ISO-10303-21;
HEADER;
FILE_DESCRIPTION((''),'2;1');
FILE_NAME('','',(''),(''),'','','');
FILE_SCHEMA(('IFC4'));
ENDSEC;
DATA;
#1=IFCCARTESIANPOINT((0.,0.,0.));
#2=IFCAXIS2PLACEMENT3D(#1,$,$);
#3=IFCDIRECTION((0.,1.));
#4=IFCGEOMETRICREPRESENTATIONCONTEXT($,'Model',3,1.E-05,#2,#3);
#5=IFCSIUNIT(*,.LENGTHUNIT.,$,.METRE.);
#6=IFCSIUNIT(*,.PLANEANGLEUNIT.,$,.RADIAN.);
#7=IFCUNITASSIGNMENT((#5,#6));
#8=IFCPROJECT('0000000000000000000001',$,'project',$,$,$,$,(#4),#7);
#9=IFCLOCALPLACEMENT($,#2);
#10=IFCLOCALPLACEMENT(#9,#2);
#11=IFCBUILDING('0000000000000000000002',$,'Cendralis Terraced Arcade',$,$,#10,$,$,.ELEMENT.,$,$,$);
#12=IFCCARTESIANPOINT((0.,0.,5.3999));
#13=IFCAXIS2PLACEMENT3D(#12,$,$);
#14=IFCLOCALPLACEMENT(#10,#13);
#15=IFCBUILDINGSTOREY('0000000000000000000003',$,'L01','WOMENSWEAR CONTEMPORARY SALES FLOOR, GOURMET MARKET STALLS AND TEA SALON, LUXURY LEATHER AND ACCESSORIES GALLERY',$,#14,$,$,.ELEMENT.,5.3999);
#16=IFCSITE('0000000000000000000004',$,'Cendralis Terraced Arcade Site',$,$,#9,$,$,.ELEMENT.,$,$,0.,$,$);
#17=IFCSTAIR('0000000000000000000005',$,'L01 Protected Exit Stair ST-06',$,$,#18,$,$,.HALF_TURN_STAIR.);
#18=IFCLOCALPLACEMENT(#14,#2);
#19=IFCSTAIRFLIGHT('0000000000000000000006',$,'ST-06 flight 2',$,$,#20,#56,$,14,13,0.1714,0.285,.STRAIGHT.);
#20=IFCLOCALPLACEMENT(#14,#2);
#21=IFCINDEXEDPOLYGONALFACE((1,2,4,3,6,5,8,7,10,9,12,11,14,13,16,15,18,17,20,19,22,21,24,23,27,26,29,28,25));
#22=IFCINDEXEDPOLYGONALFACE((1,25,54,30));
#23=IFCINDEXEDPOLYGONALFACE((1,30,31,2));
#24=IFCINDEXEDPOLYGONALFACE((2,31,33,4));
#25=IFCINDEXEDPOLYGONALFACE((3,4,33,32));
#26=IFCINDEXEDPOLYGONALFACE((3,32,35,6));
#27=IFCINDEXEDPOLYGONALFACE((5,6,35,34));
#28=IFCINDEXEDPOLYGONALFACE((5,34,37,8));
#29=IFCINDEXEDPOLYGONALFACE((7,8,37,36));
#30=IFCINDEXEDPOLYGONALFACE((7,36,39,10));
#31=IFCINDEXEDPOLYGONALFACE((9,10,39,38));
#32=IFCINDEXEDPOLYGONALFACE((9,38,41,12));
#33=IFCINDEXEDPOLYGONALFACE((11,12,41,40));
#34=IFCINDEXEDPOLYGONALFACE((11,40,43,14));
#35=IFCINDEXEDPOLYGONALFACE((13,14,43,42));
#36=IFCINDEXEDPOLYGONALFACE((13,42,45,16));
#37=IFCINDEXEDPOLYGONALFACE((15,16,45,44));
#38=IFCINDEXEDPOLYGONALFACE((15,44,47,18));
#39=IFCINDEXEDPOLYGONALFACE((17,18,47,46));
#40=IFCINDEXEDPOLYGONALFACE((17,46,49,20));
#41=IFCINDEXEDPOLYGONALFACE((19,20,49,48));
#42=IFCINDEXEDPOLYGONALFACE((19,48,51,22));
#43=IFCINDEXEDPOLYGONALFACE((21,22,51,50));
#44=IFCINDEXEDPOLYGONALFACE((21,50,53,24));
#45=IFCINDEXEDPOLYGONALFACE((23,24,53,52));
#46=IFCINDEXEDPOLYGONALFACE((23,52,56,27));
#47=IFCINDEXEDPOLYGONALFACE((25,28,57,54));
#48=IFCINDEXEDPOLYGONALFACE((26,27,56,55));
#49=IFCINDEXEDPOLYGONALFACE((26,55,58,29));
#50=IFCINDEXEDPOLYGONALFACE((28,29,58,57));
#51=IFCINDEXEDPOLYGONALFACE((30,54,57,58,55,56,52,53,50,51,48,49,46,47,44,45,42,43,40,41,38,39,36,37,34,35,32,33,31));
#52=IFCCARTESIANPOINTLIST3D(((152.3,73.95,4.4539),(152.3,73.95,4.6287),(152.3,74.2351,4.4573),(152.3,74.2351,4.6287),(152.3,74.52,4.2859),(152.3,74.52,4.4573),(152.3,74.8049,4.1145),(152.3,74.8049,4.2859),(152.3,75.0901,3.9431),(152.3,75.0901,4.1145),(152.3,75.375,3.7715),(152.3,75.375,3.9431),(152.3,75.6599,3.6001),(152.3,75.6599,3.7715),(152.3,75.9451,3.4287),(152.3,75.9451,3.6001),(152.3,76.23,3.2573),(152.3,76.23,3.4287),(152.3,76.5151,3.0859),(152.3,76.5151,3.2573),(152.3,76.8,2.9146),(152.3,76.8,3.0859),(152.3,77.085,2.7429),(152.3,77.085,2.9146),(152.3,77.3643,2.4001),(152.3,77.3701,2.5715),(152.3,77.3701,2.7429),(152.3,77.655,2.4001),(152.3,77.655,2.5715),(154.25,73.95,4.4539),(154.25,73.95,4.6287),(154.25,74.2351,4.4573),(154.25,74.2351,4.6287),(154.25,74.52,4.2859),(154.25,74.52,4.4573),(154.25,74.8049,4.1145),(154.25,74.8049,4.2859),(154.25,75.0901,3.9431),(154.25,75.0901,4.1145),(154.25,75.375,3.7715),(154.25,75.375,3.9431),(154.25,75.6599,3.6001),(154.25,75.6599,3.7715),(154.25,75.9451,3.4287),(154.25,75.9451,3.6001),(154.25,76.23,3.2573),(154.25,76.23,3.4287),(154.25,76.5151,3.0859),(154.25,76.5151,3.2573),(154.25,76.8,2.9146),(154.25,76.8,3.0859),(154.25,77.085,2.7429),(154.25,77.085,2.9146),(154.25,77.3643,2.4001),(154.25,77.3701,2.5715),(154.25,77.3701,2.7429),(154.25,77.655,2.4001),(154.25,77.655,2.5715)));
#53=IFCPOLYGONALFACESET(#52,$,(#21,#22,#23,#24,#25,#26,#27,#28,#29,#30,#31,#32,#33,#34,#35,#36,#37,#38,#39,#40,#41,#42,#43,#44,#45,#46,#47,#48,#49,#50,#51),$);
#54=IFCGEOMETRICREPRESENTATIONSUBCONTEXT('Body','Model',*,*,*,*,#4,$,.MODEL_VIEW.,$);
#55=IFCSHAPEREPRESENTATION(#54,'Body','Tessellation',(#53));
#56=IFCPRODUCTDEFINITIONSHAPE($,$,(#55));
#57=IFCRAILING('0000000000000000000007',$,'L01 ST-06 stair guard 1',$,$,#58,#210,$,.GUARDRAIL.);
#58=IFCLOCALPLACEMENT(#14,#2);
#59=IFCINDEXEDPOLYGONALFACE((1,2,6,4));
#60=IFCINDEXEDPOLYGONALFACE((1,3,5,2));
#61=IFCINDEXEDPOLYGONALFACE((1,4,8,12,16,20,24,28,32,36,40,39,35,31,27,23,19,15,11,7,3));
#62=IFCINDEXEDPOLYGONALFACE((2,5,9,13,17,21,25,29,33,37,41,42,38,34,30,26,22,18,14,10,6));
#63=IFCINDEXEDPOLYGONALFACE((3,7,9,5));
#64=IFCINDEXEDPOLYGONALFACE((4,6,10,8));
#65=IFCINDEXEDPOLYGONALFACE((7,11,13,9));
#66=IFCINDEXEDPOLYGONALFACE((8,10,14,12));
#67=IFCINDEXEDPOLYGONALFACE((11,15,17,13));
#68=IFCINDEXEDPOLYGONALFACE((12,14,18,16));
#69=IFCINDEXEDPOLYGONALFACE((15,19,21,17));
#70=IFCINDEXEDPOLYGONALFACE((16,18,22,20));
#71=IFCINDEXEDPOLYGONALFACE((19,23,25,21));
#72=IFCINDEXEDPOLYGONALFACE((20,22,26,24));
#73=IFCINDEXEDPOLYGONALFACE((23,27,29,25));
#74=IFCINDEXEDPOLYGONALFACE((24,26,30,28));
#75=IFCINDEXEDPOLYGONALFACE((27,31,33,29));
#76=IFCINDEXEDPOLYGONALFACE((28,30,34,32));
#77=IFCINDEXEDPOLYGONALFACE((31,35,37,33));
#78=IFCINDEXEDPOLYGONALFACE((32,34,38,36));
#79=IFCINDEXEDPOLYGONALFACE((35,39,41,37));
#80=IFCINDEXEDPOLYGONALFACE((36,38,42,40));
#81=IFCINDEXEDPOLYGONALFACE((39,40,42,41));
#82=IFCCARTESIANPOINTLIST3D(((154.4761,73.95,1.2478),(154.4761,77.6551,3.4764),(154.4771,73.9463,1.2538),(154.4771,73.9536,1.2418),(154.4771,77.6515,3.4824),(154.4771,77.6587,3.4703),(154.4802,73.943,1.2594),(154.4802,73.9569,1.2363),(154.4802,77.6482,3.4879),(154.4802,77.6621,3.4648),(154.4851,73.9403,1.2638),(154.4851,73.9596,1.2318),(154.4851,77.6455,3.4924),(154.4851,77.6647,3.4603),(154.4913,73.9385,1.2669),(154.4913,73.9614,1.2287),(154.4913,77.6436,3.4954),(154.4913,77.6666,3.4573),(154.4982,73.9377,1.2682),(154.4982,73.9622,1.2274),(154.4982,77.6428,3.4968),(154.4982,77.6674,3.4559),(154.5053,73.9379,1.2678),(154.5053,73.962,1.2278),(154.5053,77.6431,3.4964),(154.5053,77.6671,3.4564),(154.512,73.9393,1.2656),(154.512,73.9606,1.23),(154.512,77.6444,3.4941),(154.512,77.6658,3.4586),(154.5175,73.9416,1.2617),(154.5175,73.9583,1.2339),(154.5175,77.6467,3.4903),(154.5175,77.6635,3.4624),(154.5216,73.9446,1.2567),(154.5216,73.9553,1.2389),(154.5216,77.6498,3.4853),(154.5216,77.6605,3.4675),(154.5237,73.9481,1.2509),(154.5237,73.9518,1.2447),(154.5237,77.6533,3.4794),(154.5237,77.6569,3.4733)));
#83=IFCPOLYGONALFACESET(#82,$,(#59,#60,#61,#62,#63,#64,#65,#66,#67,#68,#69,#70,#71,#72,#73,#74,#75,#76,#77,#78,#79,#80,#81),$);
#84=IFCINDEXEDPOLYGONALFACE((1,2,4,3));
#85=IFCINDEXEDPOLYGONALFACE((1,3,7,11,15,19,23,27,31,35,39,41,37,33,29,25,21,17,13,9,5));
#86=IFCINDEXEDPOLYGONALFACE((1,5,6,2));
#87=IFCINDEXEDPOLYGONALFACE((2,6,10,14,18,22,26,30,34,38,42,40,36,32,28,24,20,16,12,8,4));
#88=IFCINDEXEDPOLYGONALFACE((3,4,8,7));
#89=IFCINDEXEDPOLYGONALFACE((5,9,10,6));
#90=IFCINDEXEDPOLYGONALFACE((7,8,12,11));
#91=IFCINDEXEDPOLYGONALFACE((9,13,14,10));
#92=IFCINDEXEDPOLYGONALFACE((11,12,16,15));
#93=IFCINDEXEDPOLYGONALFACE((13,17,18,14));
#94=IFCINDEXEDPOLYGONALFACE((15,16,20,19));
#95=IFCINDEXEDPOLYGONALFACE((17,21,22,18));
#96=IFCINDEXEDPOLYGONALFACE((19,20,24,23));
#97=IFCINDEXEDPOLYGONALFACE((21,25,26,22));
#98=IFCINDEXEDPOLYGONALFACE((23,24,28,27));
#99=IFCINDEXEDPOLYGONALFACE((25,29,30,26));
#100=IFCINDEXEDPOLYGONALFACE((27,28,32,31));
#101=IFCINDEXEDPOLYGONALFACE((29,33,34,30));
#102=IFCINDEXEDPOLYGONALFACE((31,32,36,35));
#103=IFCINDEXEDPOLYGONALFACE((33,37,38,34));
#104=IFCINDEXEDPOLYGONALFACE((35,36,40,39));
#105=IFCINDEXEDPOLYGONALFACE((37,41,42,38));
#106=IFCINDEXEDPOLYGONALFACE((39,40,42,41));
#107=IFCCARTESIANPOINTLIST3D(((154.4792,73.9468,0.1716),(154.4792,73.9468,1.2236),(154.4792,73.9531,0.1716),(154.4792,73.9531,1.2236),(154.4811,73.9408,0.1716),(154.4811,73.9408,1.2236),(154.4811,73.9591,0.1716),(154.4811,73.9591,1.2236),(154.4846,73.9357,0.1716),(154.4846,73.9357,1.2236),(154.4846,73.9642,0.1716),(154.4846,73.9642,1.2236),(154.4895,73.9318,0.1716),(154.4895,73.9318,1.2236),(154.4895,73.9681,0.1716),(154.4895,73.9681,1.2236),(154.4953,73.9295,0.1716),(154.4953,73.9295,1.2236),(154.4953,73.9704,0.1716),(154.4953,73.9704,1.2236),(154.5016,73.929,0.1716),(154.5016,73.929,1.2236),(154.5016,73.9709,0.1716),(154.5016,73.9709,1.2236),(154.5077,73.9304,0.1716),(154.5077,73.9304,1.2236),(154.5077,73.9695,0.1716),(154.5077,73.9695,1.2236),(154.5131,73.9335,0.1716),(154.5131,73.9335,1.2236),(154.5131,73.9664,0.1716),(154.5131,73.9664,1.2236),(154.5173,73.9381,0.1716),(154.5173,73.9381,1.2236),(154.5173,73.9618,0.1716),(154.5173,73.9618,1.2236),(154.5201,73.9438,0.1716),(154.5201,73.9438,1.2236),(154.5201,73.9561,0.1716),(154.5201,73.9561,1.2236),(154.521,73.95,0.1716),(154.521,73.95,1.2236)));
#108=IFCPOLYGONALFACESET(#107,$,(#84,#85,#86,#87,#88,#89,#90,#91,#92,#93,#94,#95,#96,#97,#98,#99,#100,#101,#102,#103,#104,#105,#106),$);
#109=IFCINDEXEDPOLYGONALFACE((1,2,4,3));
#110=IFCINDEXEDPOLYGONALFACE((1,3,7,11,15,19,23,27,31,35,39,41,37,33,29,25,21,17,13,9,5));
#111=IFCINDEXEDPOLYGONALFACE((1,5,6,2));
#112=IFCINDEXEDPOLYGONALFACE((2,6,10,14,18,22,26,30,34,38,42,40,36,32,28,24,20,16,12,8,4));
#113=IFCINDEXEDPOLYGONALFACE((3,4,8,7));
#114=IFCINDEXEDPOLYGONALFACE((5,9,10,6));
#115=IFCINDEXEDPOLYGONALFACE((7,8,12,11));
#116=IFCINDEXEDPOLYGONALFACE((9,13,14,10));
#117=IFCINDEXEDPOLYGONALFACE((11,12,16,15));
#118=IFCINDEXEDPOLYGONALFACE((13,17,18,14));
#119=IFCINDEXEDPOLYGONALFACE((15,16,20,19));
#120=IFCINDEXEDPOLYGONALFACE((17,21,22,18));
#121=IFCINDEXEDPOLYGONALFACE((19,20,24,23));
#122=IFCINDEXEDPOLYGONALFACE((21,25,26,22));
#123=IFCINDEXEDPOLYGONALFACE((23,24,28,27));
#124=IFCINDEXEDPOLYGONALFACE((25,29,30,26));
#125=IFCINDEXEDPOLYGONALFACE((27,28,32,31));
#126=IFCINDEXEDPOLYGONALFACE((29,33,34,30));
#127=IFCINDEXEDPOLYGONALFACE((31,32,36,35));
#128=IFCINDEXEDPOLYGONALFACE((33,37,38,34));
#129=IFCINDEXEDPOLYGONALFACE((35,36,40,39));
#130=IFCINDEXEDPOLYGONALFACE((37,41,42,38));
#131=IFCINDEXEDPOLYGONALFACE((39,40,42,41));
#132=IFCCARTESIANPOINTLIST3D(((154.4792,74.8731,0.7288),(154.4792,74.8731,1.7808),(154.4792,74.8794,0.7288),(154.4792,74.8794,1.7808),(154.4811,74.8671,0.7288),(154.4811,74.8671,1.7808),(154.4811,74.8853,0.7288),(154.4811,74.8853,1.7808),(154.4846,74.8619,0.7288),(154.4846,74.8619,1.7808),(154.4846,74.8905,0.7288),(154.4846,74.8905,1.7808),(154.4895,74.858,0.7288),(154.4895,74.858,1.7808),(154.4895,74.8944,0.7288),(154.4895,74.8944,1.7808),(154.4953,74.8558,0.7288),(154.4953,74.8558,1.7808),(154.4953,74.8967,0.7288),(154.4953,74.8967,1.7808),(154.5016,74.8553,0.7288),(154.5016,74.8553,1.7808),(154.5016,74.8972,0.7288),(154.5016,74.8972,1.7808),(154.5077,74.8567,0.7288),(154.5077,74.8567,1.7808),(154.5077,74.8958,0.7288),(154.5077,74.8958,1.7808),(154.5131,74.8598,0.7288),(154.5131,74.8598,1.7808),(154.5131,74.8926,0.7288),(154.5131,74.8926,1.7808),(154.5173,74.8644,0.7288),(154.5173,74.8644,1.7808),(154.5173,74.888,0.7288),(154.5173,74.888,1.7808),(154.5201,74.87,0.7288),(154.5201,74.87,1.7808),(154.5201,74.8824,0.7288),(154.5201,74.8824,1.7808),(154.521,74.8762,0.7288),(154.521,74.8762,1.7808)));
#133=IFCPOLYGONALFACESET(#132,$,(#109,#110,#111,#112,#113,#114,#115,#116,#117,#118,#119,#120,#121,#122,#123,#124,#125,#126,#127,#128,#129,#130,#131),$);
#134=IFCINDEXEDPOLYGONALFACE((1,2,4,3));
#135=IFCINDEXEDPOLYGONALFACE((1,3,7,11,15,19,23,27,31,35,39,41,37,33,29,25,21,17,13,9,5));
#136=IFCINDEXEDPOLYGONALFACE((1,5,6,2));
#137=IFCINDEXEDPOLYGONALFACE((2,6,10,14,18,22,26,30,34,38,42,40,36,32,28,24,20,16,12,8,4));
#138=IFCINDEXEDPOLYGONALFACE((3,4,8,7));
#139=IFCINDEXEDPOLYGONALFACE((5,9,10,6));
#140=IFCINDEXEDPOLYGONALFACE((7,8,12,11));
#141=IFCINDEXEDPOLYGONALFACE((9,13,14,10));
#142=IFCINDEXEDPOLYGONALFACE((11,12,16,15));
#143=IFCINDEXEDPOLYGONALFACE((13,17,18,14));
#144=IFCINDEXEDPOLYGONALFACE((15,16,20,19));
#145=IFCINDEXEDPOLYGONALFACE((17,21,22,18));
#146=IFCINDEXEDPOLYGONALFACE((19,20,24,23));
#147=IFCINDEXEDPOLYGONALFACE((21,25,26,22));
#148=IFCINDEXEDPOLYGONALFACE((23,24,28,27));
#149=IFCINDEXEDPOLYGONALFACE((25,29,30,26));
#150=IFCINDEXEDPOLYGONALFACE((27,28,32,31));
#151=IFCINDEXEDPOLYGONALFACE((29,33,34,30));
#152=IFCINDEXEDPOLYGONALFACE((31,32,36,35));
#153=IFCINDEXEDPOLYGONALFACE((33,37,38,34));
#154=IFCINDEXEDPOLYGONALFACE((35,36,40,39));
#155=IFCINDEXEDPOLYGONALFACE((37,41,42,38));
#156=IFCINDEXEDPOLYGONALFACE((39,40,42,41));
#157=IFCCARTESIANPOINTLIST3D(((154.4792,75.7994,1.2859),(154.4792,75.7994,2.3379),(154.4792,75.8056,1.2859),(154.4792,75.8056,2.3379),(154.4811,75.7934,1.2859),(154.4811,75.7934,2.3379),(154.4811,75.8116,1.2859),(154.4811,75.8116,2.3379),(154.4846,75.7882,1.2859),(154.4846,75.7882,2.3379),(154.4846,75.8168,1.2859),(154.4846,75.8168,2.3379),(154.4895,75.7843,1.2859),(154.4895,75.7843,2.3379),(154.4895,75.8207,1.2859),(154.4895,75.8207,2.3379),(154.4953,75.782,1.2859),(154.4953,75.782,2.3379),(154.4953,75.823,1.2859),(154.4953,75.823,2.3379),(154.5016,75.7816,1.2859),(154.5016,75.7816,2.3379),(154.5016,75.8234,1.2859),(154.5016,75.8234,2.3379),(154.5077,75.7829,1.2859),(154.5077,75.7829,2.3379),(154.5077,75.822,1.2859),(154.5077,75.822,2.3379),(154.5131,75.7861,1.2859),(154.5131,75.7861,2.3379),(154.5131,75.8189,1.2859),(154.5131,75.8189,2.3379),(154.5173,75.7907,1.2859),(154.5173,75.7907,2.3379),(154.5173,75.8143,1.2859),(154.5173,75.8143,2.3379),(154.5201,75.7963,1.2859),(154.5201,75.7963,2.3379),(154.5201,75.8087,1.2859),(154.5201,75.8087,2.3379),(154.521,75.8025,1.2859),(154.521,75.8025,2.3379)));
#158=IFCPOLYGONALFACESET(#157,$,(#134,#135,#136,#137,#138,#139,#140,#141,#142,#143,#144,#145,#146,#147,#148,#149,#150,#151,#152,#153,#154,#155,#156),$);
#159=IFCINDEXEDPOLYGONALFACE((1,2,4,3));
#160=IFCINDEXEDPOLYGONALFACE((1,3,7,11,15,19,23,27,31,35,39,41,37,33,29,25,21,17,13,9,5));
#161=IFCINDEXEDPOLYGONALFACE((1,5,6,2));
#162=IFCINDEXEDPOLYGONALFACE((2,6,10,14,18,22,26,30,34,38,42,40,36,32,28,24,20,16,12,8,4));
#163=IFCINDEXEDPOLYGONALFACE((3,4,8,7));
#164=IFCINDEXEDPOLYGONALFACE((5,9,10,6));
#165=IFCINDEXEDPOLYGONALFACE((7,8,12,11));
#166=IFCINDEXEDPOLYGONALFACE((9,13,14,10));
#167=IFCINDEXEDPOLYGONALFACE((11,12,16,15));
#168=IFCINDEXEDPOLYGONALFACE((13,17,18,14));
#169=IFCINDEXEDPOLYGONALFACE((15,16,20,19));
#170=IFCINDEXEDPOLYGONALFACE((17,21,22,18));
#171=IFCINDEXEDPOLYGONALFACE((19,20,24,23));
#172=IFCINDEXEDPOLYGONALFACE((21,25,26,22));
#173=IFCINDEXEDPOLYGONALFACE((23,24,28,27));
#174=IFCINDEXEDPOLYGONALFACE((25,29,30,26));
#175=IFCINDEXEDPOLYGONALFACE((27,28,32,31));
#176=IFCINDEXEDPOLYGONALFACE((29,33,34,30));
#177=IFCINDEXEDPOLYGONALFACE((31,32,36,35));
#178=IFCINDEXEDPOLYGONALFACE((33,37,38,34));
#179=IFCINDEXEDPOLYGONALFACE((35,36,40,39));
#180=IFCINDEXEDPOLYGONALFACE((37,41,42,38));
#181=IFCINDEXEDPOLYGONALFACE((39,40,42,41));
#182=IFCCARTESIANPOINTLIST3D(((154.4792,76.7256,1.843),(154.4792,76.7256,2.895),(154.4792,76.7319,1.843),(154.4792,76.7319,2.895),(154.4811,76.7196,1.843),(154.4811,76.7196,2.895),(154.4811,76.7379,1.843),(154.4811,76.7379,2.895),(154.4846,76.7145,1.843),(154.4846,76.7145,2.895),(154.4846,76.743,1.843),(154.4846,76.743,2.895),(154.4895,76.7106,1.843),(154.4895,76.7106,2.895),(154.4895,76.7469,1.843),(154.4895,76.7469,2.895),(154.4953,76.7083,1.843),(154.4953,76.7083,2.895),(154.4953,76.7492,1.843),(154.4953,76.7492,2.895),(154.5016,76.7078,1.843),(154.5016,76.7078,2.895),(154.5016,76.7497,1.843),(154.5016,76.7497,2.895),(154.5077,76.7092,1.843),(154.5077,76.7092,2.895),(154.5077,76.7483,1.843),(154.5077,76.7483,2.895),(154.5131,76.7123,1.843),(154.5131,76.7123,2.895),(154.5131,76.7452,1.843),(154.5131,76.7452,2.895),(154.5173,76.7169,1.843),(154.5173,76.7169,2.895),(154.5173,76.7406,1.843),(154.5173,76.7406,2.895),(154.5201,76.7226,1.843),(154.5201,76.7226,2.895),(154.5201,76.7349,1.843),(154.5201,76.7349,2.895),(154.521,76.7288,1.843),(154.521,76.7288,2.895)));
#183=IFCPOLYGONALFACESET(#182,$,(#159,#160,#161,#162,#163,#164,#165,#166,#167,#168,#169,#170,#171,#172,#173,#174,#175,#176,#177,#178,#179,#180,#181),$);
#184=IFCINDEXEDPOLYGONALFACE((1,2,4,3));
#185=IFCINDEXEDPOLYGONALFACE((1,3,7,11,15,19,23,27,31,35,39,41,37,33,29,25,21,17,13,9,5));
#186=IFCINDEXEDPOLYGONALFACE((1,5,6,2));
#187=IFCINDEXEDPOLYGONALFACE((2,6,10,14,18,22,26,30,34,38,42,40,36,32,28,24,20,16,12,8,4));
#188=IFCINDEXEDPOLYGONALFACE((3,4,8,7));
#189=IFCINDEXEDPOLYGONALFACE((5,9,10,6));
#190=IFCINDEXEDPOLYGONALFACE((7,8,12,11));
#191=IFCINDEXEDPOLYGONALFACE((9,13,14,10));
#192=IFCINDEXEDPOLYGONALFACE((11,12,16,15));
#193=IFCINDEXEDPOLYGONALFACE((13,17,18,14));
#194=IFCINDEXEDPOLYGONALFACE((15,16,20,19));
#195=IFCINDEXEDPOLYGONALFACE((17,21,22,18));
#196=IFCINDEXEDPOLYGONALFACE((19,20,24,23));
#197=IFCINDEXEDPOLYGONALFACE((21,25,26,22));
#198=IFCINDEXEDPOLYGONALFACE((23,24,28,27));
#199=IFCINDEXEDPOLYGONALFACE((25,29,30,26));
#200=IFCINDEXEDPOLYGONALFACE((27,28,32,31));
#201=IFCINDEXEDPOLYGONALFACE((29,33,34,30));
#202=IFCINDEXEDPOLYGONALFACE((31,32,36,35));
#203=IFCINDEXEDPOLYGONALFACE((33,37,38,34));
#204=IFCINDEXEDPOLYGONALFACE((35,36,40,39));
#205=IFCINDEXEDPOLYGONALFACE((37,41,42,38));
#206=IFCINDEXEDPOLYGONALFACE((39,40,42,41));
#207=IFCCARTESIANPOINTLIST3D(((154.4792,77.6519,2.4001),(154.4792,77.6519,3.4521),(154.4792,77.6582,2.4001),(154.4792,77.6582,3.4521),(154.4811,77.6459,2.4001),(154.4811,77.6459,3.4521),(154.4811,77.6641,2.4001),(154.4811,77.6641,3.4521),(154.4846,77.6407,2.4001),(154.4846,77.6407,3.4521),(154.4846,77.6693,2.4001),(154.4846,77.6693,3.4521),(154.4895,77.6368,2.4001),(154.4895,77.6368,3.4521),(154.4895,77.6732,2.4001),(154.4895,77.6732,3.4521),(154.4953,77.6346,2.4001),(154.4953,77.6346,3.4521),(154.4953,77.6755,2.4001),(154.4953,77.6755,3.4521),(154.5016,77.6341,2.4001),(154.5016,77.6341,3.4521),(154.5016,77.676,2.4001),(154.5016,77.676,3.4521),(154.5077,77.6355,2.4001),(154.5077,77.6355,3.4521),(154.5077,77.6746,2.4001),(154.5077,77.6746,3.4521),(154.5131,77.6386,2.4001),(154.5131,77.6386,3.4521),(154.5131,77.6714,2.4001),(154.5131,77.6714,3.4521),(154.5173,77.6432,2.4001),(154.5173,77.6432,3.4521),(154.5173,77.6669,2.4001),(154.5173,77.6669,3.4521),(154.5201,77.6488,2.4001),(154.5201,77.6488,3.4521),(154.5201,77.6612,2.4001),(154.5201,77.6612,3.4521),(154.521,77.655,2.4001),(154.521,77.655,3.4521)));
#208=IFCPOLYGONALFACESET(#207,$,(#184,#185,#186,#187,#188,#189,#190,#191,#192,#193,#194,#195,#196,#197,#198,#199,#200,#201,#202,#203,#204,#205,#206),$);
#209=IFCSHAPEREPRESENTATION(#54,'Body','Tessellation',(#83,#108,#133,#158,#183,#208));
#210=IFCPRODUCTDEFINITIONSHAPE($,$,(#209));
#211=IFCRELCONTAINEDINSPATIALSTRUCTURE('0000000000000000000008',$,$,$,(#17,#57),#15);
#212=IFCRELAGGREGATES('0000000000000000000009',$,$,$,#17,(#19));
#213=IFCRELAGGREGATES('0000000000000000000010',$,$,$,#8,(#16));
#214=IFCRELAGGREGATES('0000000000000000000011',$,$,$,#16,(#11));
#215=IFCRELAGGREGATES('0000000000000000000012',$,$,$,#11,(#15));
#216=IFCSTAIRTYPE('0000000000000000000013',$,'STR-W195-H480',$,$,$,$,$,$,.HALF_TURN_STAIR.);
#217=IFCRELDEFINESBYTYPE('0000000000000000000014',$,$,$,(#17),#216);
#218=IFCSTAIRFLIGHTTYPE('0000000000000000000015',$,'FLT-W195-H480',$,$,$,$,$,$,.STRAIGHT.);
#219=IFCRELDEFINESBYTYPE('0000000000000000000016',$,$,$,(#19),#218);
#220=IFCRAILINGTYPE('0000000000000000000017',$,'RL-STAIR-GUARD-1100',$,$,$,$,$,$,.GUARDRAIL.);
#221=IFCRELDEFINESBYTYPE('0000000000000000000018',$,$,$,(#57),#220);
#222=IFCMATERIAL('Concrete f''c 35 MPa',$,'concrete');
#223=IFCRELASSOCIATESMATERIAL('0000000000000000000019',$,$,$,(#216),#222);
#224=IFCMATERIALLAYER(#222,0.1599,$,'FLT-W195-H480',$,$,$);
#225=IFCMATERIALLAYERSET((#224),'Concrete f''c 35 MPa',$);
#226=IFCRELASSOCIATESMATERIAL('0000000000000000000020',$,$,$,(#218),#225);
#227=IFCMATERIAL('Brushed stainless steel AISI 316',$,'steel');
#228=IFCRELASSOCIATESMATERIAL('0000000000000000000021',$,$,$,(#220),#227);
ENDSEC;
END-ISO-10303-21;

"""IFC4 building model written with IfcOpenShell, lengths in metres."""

from ifc_helpers import new_model, si_unit, direction, frame, origin, origin_2d, place, context, subcontext, project, spatial, polyline, circle, outline, extrude, material, layer, layer_set, type_object, element, aggregate, save


model = new_model("IFC4")

# Units and contexts
model_context = context("Model", 3, precision=1e-05, world=origin(), true_north=direction((0.0, 1.0)))
body_context = subcontext(model_context, "Body", "Model", "MODEL_VIEW")
ifc_project = project(units=[si_unit("LENGTHUNIT", "METRE"), si_unit("PLANEANGLEUNIT", "RADIAN")], contexts=[model_context])

# Site, building, storey
site_placement = place(None, origin())
site = spatial("IfcSite", under=ifc_project, at=site_placement, Name="Cendralis Terraced Arcade Site", CompositionType="ELEMENT", RefElevation=0.0)
building_placement = place(site_placement, origin())
building = spatial("IfcBuilding", under=site, at=building_placement, Name="Cendralis Terraced Arcade", CompositionType="ELEMENT")
storey_placement = place(building_placement, frame((0.0, 0.0, 5.3999)))
storey = spatial("IfcBuildingStorey", under=building, at=storey_placement, Name="L01", Description="WOMENSWEAR CONTEMPORARY SALES FLOOR, GOURMET MARKET STALLS AND TEA SALON, LUXURY LEATHER AND ACCESSORIES GALLERY", CompositionType="ELEMENT", Elevation=5.3999)

# Shared definitions
ifc_material_1 = material(Name="Concrete f'c 35 MPa", Category="concrete")

# Stair, stair flight
stair_type = type_object("IfcStairType", Name="STR-W195-H480", PredefinedType="HALF_TURN_STAIR", material=ifc_material_1)
stair_placement = place(storey_placement, origin())
stair = element("IfcStair", 1, at=stair_placement, inside=storey, type_object=stair_type, Name="L01 Protected Exit Stair ST-06", PredefinedType="HALF_TURN_STAIR")
ifc_layer_1 = layer(ifc_material_1, 0.1599, Name="FLT-W195-H480")
ifc_layer_set_1 = layer_set([ifc_layer_1], Name="Concrete f'c 35 MPa")
stair_flight_type = type_object("IfcStairFlightType", Name="FLT-W195-H480", PredefinedType="STRAIGHT", material=ifc_layer_set_1)
stair_flight_1_placement = place(storey_placement, frame((153.2749, 77.655, 2.4001), z_axis=(0.0, 0.0, 1.0), x_axis=(0.0, -1.0, 0.0)))
stair_flight_1 = element("IfcStairFlight", 2, at=stair_flight_1_placement, type_object=stair_flight_type, Name="ST-06 flight 2", NumberOfRisers=14, NumberOfTreads=13, PredefinedType="STRAIGHT", RiserHeight=0.1714, TreadLength=0.285, context=body_context, shape_type="SweptSolid", body=[
    extrude(outline(polyline([(0.0, 0.0), (0.0, 0.1714), (0.2849, 0.1714), (0.2849, 0.3428), (0.5701, 0.3428), (0.5701, 0.5144), (0.855, 0.5144), (0.855, 0.6858), (1.1399, 0.6858), (1.1399, 0.8572), (1.425, 0.8572), (1.425, 1.0286), (1.71, 1.0286), (1.71, 1.2), (1.9951, 1.2), (1.9951, 1.3713), (2.28, 1.3713), (2.28, 1.543), (2.5649, 1.543), (2.5649, 1.7144), (2.8501, 1.7144), (2.8501, 1.8857), (3.135, 1.8857), (3.135, 2.0571), (3.4199, 2.0571), (3.4199, 2.2285), (3.7051, 2.2285), (3.7051, 2.3999), (3.7051, 2.0537), (0.2908, 0.0), (0.0, 0.0)])), frame((0.0, 0.9751, 0.0), z_axis=(0.0, -1.0, 0.0), x_axis=(1.0, 0.0, 0.0)), (0.0, 0.0, 1.0), 1.95),
])
aggregate(stair, [stair_flight_1])

# Railing
ifc_material_2 = material(Name="Brushed stainless steel AISI 316", Category="steel")
railing_type_1 = type_object("IfcRailingType", Name="RL-STAIR-GUARD-1100", PredefinedType="GUARDRAIL", material=ifc_material_2)
railing_1_placement = place(storey_placement, frame((154.5, 73.95, 0.1716)))
element("IfcRailing", 3, at=railing_1_placement, inside=storey, type_object=railing_type_1, Name="L01 ST-06 stair guard 1", PredefinedType="GUARDRAIL", context=body_context, shape_type="SweptSolid", body=[
    extrude(circle(Radius=0.0239, at=origin_2d()), frame((0.0, 0.0, 1.0762), z_axis=(0.0, 0.856934, 0.515425), x_axis=(-1.0, 0.0, 0.0)), (0.0, 0.0, 1.0), 4.3237),
    extrude(circle(Radius=0.021, at=origin_2d()), origin(), (0.0, 0.0, 1.0), 1.052),
    extrude(circle(Radius=0.021, at=origin_2d()), frame((0.0, 0.9263, 0.5571)), (0.0, 0.0, 1.0), 1.052),
    extrude(circle(Radius=0.021, at=origin_2d()), frame((0.0, 1.8525, 1.1143)), (0.0, 0.0, 1.0), 1.052),
    extrude(circle(Radius=0.021, at=origin_2d()), frame((0.0, 2.7788, 1.6714)), (0.0, 0.0, 1.0), 1.052),
    extrude(circle(Radius=0.021, at=origin_2d()), frame((0.0, 3.7051, 2.2285)), (0.0, 0.0, 1.0), 1.052),
])

save(model, "model.ifc")
